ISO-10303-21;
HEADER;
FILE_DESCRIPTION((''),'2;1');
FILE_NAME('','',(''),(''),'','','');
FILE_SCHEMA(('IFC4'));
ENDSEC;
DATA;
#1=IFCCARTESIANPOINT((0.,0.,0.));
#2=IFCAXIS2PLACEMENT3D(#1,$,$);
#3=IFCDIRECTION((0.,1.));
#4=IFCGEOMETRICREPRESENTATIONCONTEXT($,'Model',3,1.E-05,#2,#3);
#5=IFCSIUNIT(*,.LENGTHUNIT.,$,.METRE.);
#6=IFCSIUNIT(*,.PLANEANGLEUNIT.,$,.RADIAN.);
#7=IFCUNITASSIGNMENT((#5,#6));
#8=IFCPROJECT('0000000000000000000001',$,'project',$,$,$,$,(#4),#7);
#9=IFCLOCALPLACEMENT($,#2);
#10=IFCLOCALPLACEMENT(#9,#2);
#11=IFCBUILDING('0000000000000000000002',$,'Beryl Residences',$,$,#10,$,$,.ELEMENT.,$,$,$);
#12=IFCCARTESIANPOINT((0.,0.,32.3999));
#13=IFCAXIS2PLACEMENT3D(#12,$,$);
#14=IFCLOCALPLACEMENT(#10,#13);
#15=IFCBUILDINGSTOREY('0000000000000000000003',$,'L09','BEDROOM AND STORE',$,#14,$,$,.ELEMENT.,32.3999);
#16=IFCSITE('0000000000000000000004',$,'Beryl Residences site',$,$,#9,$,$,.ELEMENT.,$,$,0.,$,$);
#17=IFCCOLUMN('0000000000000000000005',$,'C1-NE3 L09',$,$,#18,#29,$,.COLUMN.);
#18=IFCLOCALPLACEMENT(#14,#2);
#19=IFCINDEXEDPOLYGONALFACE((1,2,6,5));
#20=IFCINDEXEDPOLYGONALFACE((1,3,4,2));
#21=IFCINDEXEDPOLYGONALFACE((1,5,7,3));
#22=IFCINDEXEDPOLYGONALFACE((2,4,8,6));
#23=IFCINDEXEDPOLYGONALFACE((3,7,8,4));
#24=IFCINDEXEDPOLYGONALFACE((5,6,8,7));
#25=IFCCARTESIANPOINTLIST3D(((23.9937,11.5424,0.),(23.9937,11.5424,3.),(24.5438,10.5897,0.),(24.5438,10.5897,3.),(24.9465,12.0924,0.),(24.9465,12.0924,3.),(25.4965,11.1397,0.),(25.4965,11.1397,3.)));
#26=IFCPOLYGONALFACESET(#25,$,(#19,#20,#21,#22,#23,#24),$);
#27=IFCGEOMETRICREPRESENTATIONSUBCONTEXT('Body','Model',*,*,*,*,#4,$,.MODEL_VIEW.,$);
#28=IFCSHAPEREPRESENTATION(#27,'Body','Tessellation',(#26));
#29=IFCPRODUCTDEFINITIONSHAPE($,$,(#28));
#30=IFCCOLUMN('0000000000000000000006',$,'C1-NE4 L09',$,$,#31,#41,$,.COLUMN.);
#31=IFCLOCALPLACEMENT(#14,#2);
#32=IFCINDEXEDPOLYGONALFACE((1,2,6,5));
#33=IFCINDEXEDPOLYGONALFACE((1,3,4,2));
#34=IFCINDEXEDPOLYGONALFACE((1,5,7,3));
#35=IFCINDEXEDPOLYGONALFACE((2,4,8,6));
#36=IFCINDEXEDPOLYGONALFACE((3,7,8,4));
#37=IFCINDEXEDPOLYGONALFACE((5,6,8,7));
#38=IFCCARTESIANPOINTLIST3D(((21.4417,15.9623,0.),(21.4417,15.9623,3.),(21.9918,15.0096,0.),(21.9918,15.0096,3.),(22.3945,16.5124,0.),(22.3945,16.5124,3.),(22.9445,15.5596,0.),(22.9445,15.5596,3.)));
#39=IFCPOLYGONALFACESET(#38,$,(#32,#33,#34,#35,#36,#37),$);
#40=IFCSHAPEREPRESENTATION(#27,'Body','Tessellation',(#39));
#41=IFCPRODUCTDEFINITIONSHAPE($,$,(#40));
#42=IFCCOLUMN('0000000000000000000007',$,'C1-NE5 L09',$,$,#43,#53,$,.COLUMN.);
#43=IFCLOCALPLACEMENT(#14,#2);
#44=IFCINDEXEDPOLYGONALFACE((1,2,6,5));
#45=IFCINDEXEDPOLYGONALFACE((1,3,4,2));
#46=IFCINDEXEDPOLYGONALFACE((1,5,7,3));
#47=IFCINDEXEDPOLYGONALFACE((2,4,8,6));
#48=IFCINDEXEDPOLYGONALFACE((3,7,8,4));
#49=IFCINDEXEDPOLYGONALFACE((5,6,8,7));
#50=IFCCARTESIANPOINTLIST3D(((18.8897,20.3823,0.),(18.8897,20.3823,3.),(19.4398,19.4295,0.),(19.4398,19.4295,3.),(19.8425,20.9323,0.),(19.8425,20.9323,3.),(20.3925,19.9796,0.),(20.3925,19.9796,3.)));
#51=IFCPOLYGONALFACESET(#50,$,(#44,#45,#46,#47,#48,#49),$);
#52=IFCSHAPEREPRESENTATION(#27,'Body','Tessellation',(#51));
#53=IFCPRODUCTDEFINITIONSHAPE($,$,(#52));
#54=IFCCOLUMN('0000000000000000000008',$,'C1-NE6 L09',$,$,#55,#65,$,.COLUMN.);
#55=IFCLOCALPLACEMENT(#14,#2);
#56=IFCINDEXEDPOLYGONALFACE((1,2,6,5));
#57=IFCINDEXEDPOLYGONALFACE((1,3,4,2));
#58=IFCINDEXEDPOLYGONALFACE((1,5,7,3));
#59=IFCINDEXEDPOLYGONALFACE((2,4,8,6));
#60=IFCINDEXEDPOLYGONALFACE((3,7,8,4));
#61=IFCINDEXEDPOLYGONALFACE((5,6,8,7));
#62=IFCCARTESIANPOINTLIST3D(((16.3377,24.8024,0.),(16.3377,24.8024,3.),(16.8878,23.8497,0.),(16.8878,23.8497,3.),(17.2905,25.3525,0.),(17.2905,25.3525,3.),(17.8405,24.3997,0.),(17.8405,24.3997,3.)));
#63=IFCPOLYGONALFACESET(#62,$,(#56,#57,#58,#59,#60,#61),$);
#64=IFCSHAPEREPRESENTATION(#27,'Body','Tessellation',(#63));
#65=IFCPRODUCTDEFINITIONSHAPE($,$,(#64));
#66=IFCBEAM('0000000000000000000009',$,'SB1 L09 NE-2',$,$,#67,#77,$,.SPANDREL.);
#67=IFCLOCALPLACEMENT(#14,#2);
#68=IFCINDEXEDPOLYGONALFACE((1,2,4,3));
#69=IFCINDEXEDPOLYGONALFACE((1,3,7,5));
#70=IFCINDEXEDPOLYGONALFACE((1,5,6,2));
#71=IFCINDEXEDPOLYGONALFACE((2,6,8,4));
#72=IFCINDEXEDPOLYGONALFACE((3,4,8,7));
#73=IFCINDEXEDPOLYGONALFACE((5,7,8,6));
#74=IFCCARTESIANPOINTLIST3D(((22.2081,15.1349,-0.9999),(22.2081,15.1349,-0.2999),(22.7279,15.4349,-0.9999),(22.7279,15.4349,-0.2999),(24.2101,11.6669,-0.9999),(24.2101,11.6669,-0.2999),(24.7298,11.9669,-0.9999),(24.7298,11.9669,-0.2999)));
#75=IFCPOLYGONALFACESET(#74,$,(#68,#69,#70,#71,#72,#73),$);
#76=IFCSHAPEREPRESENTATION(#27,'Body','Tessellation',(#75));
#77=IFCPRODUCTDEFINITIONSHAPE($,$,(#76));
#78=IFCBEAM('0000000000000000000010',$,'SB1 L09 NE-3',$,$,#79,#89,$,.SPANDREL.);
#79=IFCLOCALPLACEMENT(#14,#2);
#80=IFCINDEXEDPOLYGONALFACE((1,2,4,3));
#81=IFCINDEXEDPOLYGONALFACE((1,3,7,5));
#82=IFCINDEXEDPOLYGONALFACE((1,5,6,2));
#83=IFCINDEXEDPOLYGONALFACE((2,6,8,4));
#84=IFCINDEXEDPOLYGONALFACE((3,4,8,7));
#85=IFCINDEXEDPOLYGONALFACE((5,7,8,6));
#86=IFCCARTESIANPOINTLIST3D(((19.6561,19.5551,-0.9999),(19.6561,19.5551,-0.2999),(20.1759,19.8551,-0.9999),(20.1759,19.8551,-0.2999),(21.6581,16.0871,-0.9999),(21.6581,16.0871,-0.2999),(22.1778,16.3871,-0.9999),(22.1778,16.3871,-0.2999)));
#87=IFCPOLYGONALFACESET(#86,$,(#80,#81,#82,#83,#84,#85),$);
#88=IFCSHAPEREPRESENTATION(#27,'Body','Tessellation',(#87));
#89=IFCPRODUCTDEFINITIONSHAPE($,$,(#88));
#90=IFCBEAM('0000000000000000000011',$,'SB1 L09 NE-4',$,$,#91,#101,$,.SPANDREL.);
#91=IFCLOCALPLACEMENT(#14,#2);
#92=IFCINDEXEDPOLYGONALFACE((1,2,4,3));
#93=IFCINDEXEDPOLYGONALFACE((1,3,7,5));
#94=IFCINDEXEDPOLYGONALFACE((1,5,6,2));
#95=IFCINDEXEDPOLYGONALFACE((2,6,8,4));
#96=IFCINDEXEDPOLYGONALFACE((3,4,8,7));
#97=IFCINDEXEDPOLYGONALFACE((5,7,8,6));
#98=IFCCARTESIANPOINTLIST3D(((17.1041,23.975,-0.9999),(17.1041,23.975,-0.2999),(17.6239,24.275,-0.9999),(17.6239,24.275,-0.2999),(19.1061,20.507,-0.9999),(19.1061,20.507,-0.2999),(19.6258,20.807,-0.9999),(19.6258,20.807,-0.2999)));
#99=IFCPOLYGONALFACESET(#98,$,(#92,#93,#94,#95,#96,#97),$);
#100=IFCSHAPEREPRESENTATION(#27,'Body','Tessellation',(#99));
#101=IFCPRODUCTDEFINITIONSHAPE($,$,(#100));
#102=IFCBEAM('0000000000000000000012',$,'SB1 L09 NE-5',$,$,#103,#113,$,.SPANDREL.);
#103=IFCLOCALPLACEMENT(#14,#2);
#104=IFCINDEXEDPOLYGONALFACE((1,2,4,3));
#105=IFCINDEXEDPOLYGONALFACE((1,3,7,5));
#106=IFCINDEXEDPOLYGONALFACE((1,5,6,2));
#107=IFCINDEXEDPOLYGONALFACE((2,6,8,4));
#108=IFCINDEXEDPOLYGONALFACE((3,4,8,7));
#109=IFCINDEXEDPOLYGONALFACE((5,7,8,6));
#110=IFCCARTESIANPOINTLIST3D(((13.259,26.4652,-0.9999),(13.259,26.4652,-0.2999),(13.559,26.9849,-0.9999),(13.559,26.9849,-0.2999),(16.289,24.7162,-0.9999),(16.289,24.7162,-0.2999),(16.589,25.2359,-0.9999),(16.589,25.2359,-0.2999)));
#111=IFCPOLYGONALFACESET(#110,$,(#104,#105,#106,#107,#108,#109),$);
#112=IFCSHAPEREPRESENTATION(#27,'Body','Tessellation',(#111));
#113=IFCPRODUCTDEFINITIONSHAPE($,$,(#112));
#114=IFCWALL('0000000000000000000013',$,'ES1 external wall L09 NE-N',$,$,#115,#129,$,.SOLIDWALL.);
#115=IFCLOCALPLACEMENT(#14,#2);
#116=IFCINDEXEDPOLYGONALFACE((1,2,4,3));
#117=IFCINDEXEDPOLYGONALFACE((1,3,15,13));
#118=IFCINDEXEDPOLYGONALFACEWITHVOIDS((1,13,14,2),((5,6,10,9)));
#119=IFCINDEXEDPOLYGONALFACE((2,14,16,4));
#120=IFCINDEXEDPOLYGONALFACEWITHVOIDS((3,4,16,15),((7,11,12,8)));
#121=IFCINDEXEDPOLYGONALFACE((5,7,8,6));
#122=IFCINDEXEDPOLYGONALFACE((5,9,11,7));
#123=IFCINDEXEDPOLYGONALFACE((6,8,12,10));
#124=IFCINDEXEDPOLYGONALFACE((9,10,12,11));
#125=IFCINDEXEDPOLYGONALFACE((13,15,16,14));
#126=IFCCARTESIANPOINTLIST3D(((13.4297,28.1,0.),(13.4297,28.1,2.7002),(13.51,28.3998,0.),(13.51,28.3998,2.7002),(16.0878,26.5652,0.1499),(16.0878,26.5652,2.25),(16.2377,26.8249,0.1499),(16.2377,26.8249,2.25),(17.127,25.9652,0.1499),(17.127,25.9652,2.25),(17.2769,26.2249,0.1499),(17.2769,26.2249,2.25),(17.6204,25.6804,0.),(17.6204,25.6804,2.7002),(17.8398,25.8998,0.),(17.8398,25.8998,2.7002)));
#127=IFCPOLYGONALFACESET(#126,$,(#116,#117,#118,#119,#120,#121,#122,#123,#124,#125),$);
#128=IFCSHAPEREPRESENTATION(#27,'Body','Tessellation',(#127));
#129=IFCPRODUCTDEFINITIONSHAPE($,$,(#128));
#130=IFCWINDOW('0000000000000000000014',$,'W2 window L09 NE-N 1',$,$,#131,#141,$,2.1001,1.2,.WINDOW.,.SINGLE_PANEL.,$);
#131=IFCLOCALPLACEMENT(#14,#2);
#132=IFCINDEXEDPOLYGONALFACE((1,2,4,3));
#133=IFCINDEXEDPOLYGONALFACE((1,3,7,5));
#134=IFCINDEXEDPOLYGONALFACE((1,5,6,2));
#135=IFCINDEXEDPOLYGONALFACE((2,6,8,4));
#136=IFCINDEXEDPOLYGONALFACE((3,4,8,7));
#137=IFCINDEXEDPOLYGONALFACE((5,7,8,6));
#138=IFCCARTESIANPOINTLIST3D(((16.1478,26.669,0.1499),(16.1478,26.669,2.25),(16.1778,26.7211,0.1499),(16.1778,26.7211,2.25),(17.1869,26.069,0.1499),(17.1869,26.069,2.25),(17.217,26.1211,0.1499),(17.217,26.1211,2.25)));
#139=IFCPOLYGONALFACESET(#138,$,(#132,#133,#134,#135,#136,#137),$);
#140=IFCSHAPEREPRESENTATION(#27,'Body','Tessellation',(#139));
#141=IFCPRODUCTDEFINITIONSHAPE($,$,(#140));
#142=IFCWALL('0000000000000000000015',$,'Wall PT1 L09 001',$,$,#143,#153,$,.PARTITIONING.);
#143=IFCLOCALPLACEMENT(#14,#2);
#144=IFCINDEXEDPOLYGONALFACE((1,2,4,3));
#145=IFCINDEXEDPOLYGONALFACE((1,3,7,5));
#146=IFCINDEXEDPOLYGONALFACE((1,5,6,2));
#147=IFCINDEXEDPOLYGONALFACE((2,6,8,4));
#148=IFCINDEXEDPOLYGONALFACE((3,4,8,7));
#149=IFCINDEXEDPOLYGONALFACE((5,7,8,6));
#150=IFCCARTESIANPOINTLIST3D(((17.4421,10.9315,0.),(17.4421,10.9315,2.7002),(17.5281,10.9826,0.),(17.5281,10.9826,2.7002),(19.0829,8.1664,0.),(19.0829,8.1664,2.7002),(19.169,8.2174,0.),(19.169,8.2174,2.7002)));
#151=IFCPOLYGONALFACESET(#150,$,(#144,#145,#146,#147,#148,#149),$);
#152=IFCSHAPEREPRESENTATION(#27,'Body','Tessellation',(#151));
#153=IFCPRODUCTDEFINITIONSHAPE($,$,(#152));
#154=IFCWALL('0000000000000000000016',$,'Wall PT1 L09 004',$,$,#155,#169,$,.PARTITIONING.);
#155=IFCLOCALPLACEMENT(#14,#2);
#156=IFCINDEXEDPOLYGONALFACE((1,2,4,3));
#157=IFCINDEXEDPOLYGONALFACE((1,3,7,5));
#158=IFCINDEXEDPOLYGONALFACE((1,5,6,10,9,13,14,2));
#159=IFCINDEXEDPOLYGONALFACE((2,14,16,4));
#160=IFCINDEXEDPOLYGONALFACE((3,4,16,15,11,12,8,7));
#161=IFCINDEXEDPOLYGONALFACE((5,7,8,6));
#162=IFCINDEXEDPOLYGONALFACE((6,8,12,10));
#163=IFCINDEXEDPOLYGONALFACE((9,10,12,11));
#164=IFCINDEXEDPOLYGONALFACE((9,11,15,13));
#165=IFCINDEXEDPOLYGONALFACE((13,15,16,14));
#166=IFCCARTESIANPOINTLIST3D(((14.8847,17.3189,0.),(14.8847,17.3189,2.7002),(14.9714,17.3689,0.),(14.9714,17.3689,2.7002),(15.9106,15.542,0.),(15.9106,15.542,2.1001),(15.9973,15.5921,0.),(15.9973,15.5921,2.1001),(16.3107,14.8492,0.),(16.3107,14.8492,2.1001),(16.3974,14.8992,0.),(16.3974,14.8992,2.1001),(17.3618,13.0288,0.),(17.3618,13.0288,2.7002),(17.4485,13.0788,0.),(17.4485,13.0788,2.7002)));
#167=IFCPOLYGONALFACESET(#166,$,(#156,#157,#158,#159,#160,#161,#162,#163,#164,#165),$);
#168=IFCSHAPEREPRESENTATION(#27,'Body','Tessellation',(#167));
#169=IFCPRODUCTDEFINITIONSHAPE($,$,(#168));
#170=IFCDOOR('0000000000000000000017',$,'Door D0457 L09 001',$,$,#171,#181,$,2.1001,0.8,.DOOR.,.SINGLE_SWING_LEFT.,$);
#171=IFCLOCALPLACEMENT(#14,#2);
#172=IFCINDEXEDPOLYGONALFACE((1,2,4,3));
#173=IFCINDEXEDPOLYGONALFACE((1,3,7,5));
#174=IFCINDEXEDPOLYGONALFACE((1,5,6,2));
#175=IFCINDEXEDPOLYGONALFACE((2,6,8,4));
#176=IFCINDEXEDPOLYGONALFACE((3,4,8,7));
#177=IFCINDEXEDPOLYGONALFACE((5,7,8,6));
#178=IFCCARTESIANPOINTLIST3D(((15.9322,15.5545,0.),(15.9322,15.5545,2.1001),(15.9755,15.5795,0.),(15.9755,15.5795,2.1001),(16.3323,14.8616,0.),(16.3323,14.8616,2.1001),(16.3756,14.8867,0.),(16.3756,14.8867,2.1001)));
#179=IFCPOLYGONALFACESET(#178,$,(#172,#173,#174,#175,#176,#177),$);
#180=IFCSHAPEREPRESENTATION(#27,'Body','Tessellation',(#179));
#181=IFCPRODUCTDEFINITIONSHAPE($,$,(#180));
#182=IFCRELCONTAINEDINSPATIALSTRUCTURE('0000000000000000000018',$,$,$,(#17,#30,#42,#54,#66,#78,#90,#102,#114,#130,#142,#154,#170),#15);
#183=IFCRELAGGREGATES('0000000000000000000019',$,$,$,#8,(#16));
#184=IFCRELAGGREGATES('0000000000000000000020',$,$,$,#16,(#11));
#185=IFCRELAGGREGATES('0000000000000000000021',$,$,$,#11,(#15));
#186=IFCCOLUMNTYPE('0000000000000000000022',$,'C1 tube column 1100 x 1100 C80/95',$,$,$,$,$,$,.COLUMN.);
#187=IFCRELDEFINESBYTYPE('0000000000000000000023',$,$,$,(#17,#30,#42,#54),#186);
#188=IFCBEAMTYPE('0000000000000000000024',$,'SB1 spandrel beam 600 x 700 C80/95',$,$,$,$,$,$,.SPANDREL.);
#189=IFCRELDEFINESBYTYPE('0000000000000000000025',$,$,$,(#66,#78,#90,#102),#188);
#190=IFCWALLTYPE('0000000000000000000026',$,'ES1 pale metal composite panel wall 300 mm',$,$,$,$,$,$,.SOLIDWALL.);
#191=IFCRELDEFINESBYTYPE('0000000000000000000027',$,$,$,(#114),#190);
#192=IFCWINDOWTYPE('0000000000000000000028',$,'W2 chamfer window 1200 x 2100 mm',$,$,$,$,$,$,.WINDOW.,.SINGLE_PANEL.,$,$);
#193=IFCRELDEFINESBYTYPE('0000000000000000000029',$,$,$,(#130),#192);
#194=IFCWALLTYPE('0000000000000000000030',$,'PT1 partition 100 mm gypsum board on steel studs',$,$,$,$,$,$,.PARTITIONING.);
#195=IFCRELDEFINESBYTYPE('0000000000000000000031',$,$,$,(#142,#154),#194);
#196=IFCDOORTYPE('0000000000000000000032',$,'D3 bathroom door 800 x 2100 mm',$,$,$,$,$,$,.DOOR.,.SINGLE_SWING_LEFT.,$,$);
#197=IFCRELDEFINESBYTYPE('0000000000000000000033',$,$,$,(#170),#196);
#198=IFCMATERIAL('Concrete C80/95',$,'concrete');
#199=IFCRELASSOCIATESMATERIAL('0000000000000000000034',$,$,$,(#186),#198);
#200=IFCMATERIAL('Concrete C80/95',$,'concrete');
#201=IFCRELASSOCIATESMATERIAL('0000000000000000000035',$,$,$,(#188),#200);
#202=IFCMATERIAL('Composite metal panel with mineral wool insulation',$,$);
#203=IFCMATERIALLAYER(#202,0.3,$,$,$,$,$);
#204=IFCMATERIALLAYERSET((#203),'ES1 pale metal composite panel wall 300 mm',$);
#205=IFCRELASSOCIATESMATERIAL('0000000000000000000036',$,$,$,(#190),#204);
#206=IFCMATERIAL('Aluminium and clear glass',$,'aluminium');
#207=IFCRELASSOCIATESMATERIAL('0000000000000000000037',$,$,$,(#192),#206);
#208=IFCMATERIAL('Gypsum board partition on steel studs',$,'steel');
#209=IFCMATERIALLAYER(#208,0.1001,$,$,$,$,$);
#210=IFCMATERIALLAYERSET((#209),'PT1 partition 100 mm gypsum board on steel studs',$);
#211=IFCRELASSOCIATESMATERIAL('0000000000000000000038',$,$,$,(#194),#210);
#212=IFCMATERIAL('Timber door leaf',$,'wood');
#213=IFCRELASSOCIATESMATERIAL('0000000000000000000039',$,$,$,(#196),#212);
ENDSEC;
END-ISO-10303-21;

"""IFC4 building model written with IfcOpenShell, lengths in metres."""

from ifc_helpers import new_model, si_unit, direction, frame, frame_2d, origin, origin_2d, place, context, subcontext, project, spatial, polyline, rectangle, outline, extrude, material, layer, layer_set, material_profile, profile_set, type_object, element, fill, save


model = new_model("IFC4")

# Units and contexts
model_context = context("Model", 3, precision=1e-05, world=origin(), true_north=direction((0.0, 1.0)))
body_context = subcontext(model_context, "Body", "Model", "MODEL_VIEW")
ifc_project = project(units=[si_unit("LENGTHUNIT", "METRE"), si_unit("PLANEANGLEUNIT", "RADIAN")], contexts=[model_context])

# Site, building, storey
site_placement = place(None, origin())
site = spatial("IfcSite", under=ifc_project, at=site_placement, Name="Beryl Residences site", CompositionType="ELEMENT", RefElevation=0.0)
building_placement = place(site_placement, origin())
building = spatial("IfcBuilding", under=site, at=building_placement, Name="Beryl Residences", CompositionType="ELEMENT")
storey_placement = place(building_placement, frame((0.0, 0.0, 32.3999)))
storey = spatial("IfcBuildingStorey", under=building, at=storey_placement, Name="L09", Description="BEDROOM AND STORE", CompositionType="ELEMENT", Elevation=32.3999)

# Columns
ifc_material_1 = material(Name="Concrete C80/95", Category="concrete")
ifc_material_profile_1 = material_profile(ifc_material_1, rectangle(XDim=1.1001, YDim=1.1001, at=origin_2d()))
ifc_profile_set_1 = profile_set([ifc_material_profile_1], Name="Concrete C80/95")
column_type = type_object("IfcColumnType", Name="C1 tube column 1100 x 1100 C80/95", PredefinedType="COLUMN", material=ifc_profile_set_1)
for number, where, z_axis, x_axis, name in (
    (1, (24.7451, 11.3411, 0.0), (0.0, 0.0, 1.0), (-0.499985, 0.866034, 0.0), "C1-NE3 L09"),
    (2, (22.1931, 15.761, 0.0), (0.0, 0.0, 1.0), (-0.499985, 0.866034, 0.0), "C1-NE4 L09"),
    (3, (19.6411, 20.1809, 0.0), (0.0, 0.0, 1.0), (-0.499985, 0.866034, 0.0), "C1-NE5 L09"),
    (4, (17.0891, 24.6011, 0.0), (0.0, 0.0, 1.0), (-0.499985, 0.866034, 0.0), "C1-NE6 L09"),
):
    element("IfcColumn", number, at=place(storey_placement, frame(where, z_axis=z_axis, x_axis=x_axis)), inside=storey, type_object=column_type, Name=name, PredefinedType="COLUMN", context=body_context, shape_type="SweptSolid", body=[
        extrude(rectangle(XDim=1.1001, YDim=1.1001, at=origin_2d()), origin(), (0.0, 0.0, 1.0), 3.0),
    ])

# Beams
ifc_material_2 = material(Name="Concrete C80/95", Category="concrete")
ifc_material_profile_2 = material_profile(ifc_material_2, rectangle(XDim=0.6001, YDim=0.7, at=origin_2d()))
ifc_profile_set_2 = profile_set([ifc_material_profile_2], Name="Concrete C80/95")
beam_type = type_object("IfcBeamType", Name="SB1 spandrel beam 600 x 700 C80/95", PredefinedType="SPANDREL", material=ifc_profile_set_2)
for number, where, z_axis, x_axis, name in (
    (5, (24.47, 11.8169, -0.6499), (-0.499942, 0.866059, 0.0), (-0.866059, -0.499942, 0.0), "SB1 L09 NE-2"),
    (6, (21.918, 16.2371, -0.6499), (-0.499942, 0.866059, 0.0), (-0.866059, -0.499942, 0.0), "SB1 L09 NE-3"),
    (7, (19.366, 20.657, -0.6499), (-0.499942, 0.866059, 0.0), (-0.866059, -0.499942, 0.0), "SB1 L09 NE-4"),
):
    element("IfcBeam", number, at=place(storey_placement, frame(where, z_axis=z_axis, x_axis=x_axis)), inside=storey, type_object=beam_type, Name=name, PredefinedType="SPANDREL", context=body_context, shape_type="SweptSolid", body=[
        extrude(rectangle(XDim=0.6001, YDim=0.7, at=origin_2d()), origin(), (0.0, 0.0, 1.0), 4.0044),
    ])
beam_placement = place(storey_placement, frame((16.439, 24.9761, -0.6499), z_axis=(-0.866071, 0.499922, 0.0), x_axis=(-0.499922, -0.866071, 0.0)))
element("IfcBeam", 8, at=beam_placement, inside=storey, type_object=beam_type, Name="SB1 L09 NE-5", PredefinedType="SPANDREL", context=body_context, shape_type="SweptSolid", body=[
    extrude(rectangle(XDim=0.6001, YDim=0.7, at=origin_2d()), origin(), (0.0, 0.0, 1.0), 3.4985),
])

# Wall, opening, window
ifc_material_3 = material(Name="Composite metal panel with mineral wool insulation")
ifc_layer_1 = layer(ifc_material_3, 0.3)
ifc_layer_set_1 = layer_set([ifc_layer_1], Name="ES1 pale metal composite panel wall 300 mm")
wall_type_1 = type_object("IfcWallType", Name="ES1 pale metal composite panel wall 300 mm", PredefinedType="SOLIDWALL", material=ifc_layer_set_1)
wall_1_placement = place(storey_placement, frame((17.7649, 25.77, 0.0), z_axis=(0.0, 0.0, 1.0), x_axis=(-0.866011, 0.500025, 0.0)))
wall_1 = element("IfcWall", 9, at=wall_1_placement, inside=storey, type_object=wall_type_1, Name="ES1 external wall L09 NE-N", PredefinedType="SOLIDWALL", context=body_context, shape_type="SweptSolid", body=[
    extrude(outline(polyline([(0.0, -0.1499), (4.9998, -0.1499), (4.9194, 0.1499), (0.0803, 0.1499), (0.0, -0.1499)])), origin(), (0.0, 0.0, 1.0), 2.7002),
])
opening_1_placement = place(wall_1_placement, frame((0.6499, 0.0, 0.1499)))
opening_1 = element("IfcOpeningElement", 10, at=opening_1_placement, cuts=wall_1, PredefinedType="OPENING", context=body_context, shape_type="SweptSolid", body=[
    extrude(rectangle(XDim=1.2, YDim=2.1001, at=frame_2d((0.6001, 1.05))), frame((0.0, 0.1599, 0.0), z_axis=(0.0, -1.0, 0.0), x_axis=(1.0, 0.0, 0.0)), (0.0, 0.0, 1.0), 0.3201),
])
ifc_material_4 = material(Name="Aluminium and clear glass", Category="aluminium")
window_type = type_object("IfcWindowType", Name="W2 chamfer window 1200 x 2100 mm", PartitioningType="SINGLE_PANEL", PredefinedType="WINDOW", material=ifc_material_4)
window_placement = place(opening_1_placement, origin())
window = element("IfcWindow", 11, at=window_placement, inside=storey, type_object=window_type, Name="W2 window L09 NE-N 1", OverallHeight=2.1001, OverallWidth=1.2, PartitioningType="SINGLE_PANEL", PredefinedType="WINDOW", context=body_context, shape_type="SweptSolid", body=[
    extrude(rectangle(XDim=1.2, YDim=2.1001, at=frame_2d((0.6001, 1.05))), frame((0.0, 0.03, 0.0), z_axis=(0.0, -1.0, 0.0), x_axis=(1.0, 0.0, 0.0)), (0.0, 0.0, 1.0), 0.0601),
])
fill(opening_1, window)

# Wall
ifc_material_5 = material(Name="Gypsum board partition on steel studs", Category="steel")
ifc_layer_2 = layer(ifc_material_5, 0.1001)
ifc_layer_set_2 = layer_set([ifc_layer_2], Name="PT1 partition 100 mm gypsum board on steel studs")
wall_type_2 = type_object("IfcWallType", Name="PT1 partition 100 mm gypsum board on steel studs", PredefinedType="PARTITIONING", material=ifc_layer_set_2)
wall_2_placement = place(storey_placement, frame((17.4851, 10.957, 0.0), z_axis=(0.0, 0.0, 1.0), x_axis=(0.510325, -0.859982, 0.0)))
element("IfcWall", 12, at=wall_2_placement, inside=storey, type_object=wall_type_2, Name="Wall PT1 L09 001", PredefinedType="PARTITIONING", context=body_context, shape_type="SweptSolid", body=[
    extrude(rectangle(XDim=3.2153, YDim=0.1001, at=frame_2d((1.6077, 0.0))), origin(), (0.0, 0.0, 1.0), 2.7002),
])

# Wall, opening, door
wall_3_placement = place(storey_placement, frame((14.928, 17.344, 0.0), z_axis=(0.0, 0.0, 1.0), x_axis=(0.50003, -0.866008, 0.0)))
wall_3 = element("IfcWall", 13, at=wall_3_placement, inside=storey, type_object=wall_type_2, Name="Wall PT1 L09 004", PredefinedType="PARTITIONING", context=body_context, shape_type="SweptSolid", body=[
    extrude(rectangle(XDim=4.9539, YDim=0.1001, at=frame_2d((2.4771, 0.0))), origin(), (0.0, 0.0, 1.0), 2.7002),
])
opening_2_placement = place(wall_3_placement, frame((2.052, 0.0, 0.0)))
opening_2 = element("IfcOpeningElement", 14, at=opening_2_placement, cuts=wall_3, PredefinedType="OPENING", context=body_context, shape_type="SweptSolid", body=[
    extrude(rectangle(XDim=0.8, YDim=2.1001, at=frame_2d((0.3999, 1.05))), frame((0.0, 0.0601, 0.0), z_axis=(0.0, -1.0, 0.0), x_axis=(1.0, 0.0, 0.0)), (0.0, 0.0, 1.0), 0.1201),
])
ifc_material_6 = material(Name="Timber door leaf", Category="wood")
door_type_1 = type_object("IfcDoorType", Name="D3 bathroom door 800 x 2100 mm", OperationType="SINGLE_SWING_LEFT", PredefinedType="DOOR", material=ifc_material_6)
door_1_placement = place(opening_2_placement, origin())
door_1 = element("IfcDoor", 15, at=door_1_placement, inside=storey, type_object=door_type_1, Name="Door D0457 L09 001", OperationType="SINGLE_SWING_LEFT", OverallHeight=2.1001, OverallWidth=0.8, PredefinedType="DOOR", context=body_context, shape_type="SweptSolid", body=[
    extrude(rectangle(XDim=0.8, YDim=2.1001, at=frame_2d((0.3999, 1.05))), frame((0.0, 0.0249, 0.0), z_axis=(0.0, -1.0, 0.0), x_axis=(1.0, 0.0, 0.0)), (0.0, 0.0, 1.0), 0.05),
])
fill(opening_2, door_1)

save(model, "model.ifc")
